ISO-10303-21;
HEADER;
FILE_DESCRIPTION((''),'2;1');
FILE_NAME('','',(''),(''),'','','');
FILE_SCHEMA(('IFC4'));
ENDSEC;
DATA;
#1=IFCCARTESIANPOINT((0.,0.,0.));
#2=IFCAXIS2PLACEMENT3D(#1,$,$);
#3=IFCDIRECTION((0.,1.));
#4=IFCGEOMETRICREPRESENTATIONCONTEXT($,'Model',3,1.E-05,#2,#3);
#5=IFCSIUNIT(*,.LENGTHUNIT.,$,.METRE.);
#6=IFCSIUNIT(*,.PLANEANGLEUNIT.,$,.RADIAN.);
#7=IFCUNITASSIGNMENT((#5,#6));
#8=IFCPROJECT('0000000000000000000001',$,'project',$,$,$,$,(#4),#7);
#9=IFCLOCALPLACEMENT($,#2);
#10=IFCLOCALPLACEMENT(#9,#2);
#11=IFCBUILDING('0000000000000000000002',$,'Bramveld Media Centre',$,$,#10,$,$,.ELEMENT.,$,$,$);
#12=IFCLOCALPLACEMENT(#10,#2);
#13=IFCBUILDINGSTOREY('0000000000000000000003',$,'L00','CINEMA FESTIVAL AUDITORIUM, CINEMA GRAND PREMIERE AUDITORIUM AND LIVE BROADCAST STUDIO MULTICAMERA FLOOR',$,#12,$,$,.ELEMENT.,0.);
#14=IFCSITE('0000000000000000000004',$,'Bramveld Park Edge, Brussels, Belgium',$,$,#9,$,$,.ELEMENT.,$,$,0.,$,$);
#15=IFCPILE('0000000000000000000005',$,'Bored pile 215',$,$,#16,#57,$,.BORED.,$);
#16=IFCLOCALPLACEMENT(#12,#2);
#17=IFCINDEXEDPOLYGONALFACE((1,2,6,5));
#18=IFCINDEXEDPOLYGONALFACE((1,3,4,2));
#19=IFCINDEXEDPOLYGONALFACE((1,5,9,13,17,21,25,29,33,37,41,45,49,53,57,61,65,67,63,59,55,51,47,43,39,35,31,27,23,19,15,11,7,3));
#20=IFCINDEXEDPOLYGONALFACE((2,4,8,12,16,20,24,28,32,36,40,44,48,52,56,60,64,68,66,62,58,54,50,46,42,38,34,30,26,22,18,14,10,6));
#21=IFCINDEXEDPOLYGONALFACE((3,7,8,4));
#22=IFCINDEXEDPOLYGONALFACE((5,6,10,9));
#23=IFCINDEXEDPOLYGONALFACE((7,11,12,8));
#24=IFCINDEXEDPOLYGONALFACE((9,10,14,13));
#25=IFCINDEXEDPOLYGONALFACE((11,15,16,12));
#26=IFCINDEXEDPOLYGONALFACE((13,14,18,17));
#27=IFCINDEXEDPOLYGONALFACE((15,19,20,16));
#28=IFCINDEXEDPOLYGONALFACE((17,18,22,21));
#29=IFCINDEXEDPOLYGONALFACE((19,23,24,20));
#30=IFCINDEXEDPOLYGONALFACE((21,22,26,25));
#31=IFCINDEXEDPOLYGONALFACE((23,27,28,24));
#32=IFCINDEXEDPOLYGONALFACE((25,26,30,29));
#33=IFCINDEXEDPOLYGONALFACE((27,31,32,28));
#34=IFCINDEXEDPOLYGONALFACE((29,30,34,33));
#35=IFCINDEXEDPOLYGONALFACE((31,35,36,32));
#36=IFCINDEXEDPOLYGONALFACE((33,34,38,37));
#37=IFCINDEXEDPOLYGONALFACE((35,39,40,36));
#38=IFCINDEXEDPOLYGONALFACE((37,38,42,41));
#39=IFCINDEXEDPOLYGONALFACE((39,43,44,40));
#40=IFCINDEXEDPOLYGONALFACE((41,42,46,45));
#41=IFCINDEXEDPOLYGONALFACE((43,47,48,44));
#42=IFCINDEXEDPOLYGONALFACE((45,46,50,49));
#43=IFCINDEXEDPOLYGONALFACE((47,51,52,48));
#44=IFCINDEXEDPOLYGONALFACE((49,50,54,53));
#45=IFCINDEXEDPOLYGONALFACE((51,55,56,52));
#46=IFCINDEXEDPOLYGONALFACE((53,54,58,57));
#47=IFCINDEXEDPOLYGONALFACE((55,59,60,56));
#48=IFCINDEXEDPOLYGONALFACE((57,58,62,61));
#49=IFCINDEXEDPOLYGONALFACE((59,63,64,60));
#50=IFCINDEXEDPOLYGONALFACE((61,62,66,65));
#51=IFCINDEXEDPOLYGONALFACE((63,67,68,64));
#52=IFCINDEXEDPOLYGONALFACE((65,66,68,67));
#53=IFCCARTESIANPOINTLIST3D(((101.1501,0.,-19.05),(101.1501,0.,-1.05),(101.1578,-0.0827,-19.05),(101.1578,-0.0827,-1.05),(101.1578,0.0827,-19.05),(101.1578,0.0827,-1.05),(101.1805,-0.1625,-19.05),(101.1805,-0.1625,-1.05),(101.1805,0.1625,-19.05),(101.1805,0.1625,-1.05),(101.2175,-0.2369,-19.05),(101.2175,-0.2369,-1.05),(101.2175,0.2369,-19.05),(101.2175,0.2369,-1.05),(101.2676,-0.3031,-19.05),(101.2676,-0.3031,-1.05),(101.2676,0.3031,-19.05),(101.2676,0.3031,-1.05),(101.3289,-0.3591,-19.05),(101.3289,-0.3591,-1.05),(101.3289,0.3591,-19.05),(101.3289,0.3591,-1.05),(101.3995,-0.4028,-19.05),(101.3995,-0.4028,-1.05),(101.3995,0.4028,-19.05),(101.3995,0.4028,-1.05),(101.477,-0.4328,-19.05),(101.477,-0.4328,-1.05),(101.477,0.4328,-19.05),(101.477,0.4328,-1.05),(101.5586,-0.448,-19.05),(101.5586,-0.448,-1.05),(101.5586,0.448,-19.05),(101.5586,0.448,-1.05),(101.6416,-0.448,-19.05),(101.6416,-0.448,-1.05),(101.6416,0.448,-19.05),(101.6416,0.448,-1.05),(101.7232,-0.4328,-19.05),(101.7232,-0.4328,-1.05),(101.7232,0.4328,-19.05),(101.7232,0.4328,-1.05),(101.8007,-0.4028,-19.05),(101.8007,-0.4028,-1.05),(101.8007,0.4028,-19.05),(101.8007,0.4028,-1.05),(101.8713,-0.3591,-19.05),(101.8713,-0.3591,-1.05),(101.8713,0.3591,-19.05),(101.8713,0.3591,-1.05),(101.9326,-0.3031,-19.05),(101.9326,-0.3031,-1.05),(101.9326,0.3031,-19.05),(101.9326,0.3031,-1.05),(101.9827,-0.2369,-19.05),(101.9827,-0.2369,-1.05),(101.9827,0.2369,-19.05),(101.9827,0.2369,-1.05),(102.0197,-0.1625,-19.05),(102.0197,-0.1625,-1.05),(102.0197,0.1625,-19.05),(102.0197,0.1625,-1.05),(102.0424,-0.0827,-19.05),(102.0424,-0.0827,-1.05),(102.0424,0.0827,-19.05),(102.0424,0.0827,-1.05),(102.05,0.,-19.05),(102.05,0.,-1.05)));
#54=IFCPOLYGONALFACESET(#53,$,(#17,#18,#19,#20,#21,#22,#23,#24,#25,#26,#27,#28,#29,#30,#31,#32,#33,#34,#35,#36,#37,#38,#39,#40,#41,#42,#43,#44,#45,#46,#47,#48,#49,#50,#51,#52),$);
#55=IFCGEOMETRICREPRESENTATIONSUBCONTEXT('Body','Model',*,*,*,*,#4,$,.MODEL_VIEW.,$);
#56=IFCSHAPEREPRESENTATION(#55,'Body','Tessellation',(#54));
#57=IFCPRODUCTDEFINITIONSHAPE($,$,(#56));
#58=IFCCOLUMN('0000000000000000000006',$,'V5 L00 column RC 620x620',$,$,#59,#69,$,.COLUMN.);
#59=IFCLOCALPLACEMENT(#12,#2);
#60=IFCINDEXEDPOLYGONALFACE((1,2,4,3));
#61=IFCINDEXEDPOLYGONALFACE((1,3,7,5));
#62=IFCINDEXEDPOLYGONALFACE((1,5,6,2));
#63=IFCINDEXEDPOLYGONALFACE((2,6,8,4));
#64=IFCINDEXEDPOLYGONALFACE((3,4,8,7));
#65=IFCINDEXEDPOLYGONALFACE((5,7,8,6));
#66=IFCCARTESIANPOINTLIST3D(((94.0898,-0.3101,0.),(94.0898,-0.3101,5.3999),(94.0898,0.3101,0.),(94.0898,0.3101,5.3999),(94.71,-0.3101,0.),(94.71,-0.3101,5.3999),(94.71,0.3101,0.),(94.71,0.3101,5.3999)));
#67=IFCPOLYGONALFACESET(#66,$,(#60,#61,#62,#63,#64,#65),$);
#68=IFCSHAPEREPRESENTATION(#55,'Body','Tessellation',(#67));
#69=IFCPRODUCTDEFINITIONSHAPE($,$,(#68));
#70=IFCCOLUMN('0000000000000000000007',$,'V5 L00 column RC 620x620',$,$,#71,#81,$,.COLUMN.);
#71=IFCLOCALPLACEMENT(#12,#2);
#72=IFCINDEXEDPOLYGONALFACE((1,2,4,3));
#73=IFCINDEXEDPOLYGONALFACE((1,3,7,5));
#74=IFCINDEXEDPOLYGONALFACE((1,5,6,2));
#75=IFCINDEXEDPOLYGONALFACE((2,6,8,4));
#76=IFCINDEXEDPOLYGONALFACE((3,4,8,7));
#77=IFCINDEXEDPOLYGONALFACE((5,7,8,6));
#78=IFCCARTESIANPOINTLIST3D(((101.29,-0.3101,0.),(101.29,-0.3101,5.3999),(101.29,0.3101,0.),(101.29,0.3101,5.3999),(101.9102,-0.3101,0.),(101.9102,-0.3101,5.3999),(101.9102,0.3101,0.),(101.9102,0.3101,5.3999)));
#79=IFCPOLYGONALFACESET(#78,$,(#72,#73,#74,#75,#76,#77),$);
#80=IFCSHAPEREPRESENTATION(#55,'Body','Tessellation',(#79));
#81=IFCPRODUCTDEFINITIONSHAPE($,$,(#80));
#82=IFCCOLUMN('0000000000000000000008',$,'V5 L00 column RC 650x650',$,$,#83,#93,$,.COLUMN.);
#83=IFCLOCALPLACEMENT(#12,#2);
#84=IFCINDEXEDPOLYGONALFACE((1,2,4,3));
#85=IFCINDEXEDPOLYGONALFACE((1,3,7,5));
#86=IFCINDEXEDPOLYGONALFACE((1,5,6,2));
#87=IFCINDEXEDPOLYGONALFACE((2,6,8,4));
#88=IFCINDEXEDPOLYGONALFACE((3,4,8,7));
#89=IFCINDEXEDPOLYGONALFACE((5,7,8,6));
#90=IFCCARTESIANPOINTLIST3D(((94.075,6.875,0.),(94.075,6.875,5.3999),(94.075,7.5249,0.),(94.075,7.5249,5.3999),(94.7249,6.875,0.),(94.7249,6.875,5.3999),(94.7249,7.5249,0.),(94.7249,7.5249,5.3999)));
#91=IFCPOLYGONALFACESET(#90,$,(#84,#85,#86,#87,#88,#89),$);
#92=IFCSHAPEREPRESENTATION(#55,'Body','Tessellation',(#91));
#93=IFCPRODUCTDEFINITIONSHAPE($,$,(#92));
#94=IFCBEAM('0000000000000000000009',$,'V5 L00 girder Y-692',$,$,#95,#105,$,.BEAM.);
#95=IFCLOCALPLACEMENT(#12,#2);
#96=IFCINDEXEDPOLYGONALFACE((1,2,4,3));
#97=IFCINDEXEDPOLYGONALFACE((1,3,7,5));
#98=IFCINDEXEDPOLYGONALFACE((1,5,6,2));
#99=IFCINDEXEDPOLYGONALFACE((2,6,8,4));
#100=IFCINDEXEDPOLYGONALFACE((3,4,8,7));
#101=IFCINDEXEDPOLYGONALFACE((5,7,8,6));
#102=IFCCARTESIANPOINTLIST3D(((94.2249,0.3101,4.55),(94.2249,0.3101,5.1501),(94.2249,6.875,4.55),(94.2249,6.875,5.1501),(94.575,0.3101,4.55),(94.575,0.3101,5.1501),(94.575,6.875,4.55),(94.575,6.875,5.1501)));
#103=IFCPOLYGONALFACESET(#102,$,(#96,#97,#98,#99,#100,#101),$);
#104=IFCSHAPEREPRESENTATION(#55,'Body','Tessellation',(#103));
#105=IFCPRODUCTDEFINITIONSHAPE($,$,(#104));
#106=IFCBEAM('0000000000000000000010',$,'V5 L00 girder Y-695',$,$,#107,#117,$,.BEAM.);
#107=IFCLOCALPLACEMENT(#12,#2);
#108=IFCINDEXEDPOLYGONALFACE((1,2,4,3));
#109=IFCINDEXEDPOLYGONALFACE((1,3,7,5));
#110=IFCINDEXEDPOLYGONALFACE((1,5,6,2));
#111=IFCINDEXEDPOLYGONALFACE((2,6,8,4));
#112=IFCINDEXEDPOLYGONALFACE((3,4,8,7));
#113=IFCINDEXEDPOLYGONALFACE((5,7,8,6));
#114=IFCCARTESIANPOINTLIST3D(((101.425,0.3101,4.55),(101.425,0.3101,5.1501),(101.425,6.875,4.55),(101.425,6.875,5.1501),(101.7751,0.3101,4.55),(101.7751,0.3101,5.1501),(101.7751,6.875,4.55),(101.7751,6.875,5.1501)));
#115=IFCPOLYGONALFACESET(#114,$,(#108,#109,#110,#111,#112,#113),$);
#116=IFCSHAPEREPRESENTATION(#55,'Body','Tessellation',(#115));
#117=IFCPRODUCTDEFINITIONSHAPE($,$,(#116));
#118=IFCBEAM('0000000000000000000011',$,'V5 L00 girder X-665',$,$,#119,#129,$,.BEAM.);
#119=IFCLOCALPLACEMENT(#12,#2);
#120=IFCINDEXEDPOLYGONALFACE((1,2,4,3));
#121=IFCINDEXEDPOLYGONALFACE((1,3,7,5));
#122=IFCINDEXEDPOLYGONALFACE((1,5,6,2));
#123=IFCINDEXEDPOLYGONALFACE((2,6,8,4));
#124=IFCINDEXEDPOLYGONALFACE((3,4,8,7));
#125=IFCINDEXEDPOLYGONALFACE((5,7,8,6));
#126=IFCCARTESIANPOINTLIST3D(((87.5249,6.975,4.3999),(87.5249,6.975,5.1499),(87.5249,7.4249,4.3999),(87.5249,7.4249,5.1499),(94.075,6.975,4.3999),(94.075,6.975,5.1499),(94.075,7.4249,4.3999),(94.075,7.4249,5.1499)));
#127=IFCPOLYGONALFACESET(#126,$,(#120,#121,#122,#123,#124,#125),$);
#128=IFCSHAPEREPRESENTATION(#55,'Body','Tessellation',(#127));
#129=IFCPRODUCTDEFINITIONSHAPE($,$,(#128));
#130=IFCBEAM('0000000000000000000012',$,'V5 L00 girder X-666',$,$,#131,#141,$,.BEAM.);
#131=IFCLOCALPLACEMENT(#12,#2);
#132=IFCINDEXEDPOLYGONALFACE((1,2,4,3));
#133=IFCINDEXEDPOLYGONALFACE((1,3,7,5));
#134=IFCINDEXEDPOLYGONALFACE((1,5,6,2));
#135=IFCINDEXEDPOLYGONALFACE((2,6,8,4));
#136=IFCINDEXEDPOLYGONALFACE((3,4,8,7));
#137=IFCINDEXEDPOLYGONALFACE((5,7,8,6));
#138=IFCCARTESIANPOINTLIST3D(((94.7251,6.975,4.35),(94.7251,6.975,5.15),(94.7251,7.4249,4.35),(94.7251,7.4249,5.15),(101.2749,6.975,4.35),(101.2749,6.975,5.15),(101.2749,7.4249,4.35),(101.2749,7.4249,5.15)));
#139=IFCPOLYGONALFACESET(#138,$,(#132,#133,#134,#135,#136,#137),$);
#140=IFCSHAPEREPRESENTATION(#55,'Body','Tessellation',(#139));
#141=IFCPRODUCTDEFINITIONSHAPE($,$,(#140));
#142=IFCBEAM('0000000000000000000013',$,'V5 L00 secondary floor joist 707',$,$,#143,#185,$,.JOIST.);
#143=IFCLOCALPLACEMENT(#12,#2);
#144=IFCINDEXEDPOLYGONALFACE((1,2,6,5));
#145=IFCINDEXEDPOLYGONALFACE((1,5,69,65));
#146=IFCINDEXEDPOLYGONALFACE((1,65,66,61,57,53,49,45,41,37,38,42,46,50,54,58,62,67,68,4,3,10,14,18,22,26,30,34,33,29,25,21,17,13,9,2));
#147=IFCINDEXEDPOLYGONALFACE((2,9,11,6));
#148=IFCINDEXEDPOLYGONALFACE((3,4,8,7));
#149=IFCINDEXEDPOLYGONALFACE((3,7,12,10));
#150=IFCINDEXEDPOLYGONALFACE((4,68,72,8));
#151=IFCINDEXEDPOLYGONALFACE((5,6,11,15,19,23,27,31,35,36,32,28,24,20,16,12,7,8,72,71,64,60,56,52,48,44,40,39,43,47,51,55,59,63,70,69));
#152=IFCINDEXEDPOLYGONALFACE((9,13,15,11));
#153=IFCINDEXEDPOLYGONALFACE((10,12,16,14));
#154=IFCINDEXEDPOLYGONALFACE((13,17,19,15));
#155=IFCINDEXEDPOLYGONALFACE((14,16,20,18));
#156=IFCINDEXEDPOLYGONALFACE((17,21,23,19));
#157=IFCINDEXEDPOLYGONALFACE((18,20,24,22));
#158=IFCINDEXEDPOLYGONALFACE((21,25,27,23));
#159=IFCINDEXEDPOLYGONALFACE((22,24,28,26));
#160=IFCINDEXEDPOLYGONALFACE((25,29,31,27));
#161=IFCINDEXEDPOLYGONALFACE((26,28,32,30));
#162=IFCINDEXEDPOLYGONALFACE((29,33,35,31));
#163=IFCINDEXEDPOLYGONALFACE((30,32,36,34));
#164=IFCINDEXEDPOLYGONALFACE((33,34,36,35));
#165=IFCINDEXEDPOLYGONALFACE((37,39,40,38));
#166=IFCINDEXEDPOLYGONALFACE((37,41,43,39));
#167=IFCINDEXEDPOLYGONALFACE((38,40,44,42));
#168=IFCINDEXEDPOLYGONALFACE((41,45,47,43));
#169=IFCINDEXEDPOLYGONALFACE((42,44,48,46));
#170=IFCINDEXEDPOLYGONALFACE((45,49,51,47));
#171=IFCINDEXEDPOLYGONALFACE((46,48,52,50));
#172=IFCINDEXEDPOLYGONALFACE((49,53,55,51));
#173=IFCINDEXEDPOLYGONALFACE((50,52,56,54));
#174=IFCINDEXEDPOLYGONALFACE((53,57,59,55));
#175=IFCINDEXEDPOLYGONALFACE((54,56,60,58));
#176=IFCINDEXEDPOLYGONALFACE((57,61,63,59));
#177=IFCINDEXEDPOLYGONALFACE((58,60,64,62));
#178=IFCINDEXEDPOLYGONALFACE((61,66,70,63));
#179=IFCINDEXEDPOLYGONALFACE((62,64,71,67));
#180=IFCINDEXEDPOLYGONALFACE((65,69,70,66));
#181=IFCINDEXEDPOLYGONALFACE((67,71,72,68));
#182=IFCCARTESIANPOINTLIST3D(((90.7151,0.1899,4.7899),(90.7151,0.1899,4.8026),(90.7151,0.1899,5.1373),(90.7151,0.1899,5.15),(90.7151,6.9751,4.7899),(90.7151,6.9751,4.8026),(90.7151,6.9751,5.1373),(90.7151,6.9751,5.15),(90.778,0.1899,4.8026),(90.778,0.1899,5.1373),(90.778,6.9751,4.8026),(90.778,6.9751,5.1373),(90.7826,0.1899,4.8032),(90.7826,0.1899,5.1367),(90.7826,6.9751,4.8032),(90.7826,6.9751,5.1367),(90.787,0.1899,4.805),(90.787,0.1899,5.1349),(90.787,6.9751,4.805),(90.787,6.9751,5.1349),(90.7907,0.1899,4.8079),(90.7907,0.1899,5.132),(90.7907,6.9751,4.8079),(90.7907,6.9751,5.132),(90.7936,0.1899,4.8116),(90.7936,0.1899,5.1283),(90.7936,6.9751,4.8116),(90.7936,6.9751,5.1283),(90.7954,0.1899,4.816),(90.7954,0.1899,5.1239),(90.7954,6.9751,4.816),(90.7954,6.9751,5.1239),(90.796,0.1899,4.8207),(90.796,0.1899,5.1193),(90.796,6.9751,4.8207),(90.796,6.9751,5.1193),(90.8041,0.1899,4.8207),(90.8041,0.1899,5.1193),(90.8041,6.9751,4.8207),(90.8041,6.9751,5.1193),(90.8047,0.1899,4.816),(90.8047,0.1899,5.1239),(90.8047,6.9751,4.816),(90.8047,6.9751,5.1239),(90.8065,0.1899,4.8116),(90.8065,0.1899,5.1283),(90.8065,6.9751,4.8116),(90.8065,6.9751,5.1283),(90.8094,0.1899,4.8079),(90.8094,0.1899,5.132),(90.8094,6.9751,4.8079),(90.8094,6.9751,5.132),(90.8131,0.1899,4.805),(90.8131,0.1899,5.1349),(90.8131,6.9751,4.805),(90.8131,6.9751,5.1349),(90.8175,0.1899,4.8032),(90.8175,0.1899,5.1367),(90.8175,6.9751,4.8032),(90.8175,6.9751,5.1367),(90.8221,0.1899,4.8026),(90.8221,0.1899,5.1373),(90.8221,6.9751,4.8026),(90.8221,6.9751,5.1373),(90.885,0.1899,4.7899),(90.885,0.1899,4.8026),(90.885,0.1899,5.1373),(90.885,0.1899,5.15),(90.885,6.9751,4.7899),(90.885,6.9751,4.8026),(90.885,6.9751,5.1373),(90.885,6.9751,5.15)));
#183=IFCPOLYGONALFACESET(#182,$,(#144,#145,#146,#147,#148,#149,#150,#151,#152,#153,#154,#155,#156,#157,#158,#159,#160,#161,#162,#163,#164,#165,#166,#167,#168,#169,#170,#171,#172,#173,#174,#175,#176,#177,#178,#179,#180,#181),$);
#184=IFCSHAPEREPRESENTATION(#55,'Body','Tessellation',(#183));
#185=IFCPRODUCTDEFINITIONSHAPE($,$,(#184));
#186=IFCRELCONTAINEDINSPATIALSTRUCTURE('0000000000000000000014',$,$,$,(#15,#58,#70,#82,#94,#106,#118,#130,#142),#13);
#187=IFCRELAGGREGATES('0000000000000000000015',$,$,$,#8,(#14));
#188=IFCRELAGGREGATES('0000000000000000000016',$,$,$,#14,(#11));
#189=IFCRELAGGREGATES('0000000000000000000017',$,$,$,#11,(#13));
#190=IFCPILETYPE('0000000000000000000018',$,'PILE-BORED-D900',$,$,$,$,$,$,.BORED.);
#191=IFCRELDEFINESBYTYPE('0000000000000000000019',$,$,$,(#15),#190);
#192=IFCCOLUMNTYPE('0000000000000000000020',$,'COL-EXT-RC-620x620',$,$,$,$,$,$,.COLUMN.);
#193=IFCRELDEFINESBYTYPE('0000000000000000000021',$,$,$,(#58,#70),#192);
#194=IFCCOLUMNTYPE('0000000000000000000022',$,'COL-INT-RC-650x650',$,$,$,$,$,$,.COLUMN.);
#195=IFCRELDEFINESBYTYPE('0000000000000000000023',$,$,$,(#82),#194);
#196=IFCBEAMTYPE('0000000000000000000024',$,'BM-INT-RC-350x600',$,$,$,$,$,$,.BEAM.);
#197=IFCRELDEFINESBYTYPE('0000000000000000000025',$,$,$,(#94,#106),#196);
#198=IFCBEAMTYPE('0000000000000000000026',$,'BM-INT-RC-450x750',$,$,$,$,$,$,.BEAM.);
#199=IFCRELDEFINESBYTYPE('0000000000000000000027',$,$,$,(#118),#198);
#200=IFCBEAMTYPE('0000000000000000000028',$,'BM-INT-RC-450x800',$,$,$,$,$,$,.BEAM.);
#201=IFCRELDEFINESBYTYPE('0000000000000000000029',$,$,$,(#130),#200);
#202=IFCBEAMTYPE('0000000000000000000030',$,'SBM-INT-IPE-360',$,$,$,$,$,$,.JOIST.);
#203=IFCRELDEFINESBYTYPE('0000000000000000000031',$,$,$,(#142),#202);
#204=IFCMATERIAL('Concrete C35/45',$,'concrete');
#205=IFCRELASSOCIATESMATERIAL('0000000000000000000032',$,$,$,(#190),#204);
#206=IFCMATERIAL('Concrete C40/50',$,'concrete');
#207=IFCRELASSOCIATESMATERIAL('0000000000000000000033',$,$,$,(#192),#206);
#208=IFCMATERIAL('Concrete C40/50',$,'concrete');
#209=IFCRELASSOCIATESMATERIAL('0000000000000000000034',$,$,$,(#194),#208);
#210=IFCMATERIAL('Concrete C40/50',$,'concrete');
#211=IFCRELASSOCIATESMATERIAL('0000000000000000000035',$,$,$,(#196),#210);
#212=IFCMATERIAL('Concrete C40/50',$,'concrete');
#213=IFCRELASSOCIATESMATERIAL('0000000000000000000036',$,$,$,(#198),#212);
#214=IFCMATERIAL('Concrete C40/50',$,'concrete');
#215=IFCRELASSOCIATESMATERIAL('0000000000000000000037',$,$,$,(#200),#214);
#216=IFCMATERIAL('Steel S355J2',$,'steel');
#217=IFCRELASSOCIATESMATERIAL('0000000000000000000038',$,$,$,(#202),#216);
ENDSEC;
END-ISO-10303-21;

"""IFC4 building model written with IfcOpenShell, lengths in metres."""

from ifc_helpers import new_model, si_unit, direction, frame, origin, origin_2d, place, context, subcontext, project, spatial, rectangle, circle, i_section, extrude, material, material_profile, profile_set, type_object, element, save


model = new_model("IFC4")

# Units and contexts
model_context = context("Model", 3, precision=1e-05, world=origin(), true_north=direction((0.0, 1.0)))
body_context = subcontext(model_context, "Body", "Model", "MODEL_VIEW")
ifc_project = project(units=[si_unit("LENGTHUNIT", "METRE"), si_unit("PLANEANGLEUNIT", "RADIAN")], contexts=[model_context])

# Site, building, storey
site_placement = place(None, origin())
site = spatial("IfcSite", under=ifc_project, at=site_placement, Name="Bramveld Park Edge, Brussels, Belgium", CompositionType="ELEMENT", RefElevation=0.0)
building_placement = place(site_placement, origin())
building = spatial("IfcBuilding", under=site, at=building_placement, Name="Bramveld Media Centre", CompositionType="ELEMENT")
storey_placement = place(building_placement, origin())
storey = spatial("IfcBuildingStorey", under=building, at=storey_placement, Name="L00", Description="CINEMA FESTIVAL AUDITORIUM, CINEMA GRAND PREMIERE AUDITORIUM AND LIVE BROADCAST STUDIO MULTICAMERA FLOOR", CompositionType="ELEMENT", Elevation=0.0)

# Pile
ifc_material_1 = material(Name="Concrete C35/45", Category="concrete")
ifc_material_profile_1 = material_profile(ifc_material_1, circle(Radius=0.45, at=origin_2d()), Name="BORED D900")
ifc_profile_set_1 = profile_set([ifc_material_profile_1], Name="Concrete C35/45")
pile_type = type_object("IfcPileType", Name="PILE-BORED-D900", PredefinedType="BORED", material=ifc_profile_set_1)
for number, where, z_axis, x_axis, name in (
    (1, (101.6001, 0.0, -1.05), (0.0, 0.0, -1.0), (1.0, 0.0, 0.0), "Bored pile 215"),
):
    element("IfcPile", number, at=place(storey_placement, frame(where, z_axis=z_axis, x_axis=x_axis)), inside=storey, type_object=pile_type, Name=name, PredefinedType="BORED", context=body_context, shape_type="SweptSolid", body=[
        extrude(circle(Radius=0.45, at=origin_2d()), origin(), (0.0, 0.0, 1.0), 18.0),
    ])

# Columns
ifc_material_2 = material(Name="Concrete C40/50", Category="concrete")
ifc_material_profile_2 = material_profile(ifc_material_2, rectangle(XDim=0.6201, YDim=0.6201, at=origin_2d()), Name="RC 620x620")
ifc_profile_set_2 = profile_set([ifc_material_profile_2], Name="Concrete C40/50")
column_type_1 = type_object("IfcColumnType", Name="COL-EXT-RC-620x620", PredefinedType="COLUMN", material=ifc_profile_set_2)
for number, where, z_axis, x_axis, name in (
    (2, (94.3999, 0.0, 0.0), (0.0, 0.0, 1.0), (1.0, 0.0, 0.0), "V5 L00 column RC 620x620"),
    (3, (101.6001, 0.0, 0.0), (0.0, 0.0, 1.0), (1.0, 0.0, 0.0), "V5 L00 column RC 620x620"),
):
    element("IfcColumn", number, at=place(storey_placement, frame(where, z_axis=z_axis, x_axis=x_axis)), inside=storey, type_object=column_type_1, Name=name, PredefinedType="COLUMN", context=body_context, shape_type="SweptSolid", body=[
        extrude(rectangle(XDim=0.6201, YDim=0.6201, at=origin_2d()), origin(), (0.0, 0.0, 1.0), 5.3999),
    ])
ifc_material_3 = material(Name="Concrete C40/50", Category="concrete")
ifc_material_profile_3 = material_profile(ifc_material_3, rectangle(XDim=0.6499, YDim=0.6499, at=origin_2d()), Name="RC 650x650")
ifc_profile_set_3 = profile_set([ifc_material_profile_3], Name="Concrete C40/50")
column_type_2 = type_object("IfcColumnType", Name="COL-INT-RC-650x650", PredefinedType="COLUMN", material=ifc_profile_set_3)
column_placement = place(storey_placement, frame((94.3999, 7.2, 0.0), z_axis=(0.0, 0.0, 1.0), x_axis=(1.0, 0.0, 0.0)))
element("IfcColumn", 4, at=column_placement, inside=storey, type_object=column_type_2, Name="V5 L00 column RC 650x650", PredefinedType="COLUMN", context=body_context, shape_type="SweptSolid", body=[
    extrude(rectangle(XDim=0.6499, YDim=0.6499, at=origin_2d()), origin(), (0.0, 0.0, 1.0), 5.3999),
])

# Beams
ifc_material_4 = material(Name="Concrete C40/50", Category="concrete")
ifc_material_profile_4 = material_profile(ifc_material_4, rectangle(XDim=0.3501, YDim=0.6001, at=origin_2d()), Name="RC 350x600")
ifc_profile_set_4 = profile_set([ifc_material_profile_4], Name="Concrete C40/50")
beam_type_1 = type_object("IfcBeamType", Name="BM-INT-RC-350x600", PredefinedType="BEAM", material=ifc_profile_set_4)
for number, where, z_axis, x_axis, name in (
    (5, (94.3999, 0.3101, 4.8501), (0.0, 1.0, 0.0), (-1.0, 0.0, 0.0), "V5 L00 girder Y-692"),
    (6, (101.6001, 0.3101, 4.8501), (0.0, 1.0, 0.0), (-1.0, 0.0, 0.0), "V5 L00 girder Y-695"),
):
    element("IfcBeam", number, at=place(storey_placement, frame(where, z_axis=z_axis, x_axis=x_axis)), inside=storey, type_object=beam_type_1, Name=name, PredefinedType="BEAM", context=body_context, shape_type="SweptSolid", body=[
        extrude(rectangle(XDim=0.3501, YDim=0.6001, at=origin_2d()), origin(), (0.0, 0.0, 1.0), 6.5649),
    ])
ifc_material_5 = material(Name="Concrete C40/50", Category="concrete")
ifc_material_profile_5 = material_profile(ifc_material_5, rectangle(XDim=0.45, YDim=0.75, at=origin_2d()), Name="RC 450x750")
ifc_profile_set_5 = profile_set([ifc_material_profile_5], Name="Concrete C40/50")
beam_type_2 = type_object("IfcBeamType", Name="BM-INT-RC-450x750", PredefinedType="BEAM", material=ifc_profile_set_5)
beam_1_placement = place(storey_placement, frame((87.5249, 7.2, 4.7749), z_axis=(1.0, 0.0, 0.0), x_axis=(0.0, 1.0, 0.0)))
element("IfcBeam", 7, at=beam_1_placement, inside=storey, type_object=beam_type_2, Name="V5 L00 girder X-665", PredefinedType="BEAM", context=body_context, shape_type="SweptSolid", body=[
    extrude(rectangle(XDim=0.45, YDim=0.75, at=origin_2d()), origin(), (0.0, 0.0, 1.0), 6.55),
])
ifc_material_6 = material(Name="Concrete C40/50", Category="concrete")
ifc_material_profile_6 = material_profile(ifc_material_6, rectangle(XDim=0.45, YDim=0.8, at=origin_2d()), Name="RC 450x800")
ifc_profile_set_6 = profile_set([ifc_material_profile_6], Name="Concrete C40/50")
beam_type_3 = type_object("IfcBeamType", Name="BM-INT-RC-450x800", PredefinedType="BEAM", material=ifc_profile_set_6)
beam_2_placement = place(storey_placement, frame((94.7251, 7.2, 4.75), z_axis=(1.0, 0.0, 0.0), x_axis=(0.0, 1.0, 0.0)))
element("IfcBeam", 8, at=beam_2_placement, inside=storey, type_object=beam_type_3, Name="V5 L00 girder X-666", PredefinedType="BEAM", context=body_context, shape_type="SweptSolid", body=[
    extrude(rectangle(XDim=0.45, YDim=0.8, at=origin_2d()), origin(), (0.0, 0.0, 1.0), 6.5498),
])
ifc_material_7 = material(Name="Steel S355J2", Category="steel")
ifc_material_profile_7 = material_profile(ifc_material_7, i_section(OverallWidth=0.1699, OverallDepth=0.3601, WebThickness=0.0081, FlangeThickness=0.0127, FilletRadius=0.0181, at=origin_2d()), Name="IPE 360")
ifc_profile_set_7 = profile_set([ifc_material_profile_7], Name="Steel S355J2")
beam_type_4 = type_object("IfcBeamType", Name="SBM-INT-IPE-360", PredefinedType="JOIST", material=ifc_profile_set_7)
beam_3_placement = place(storey_placement, frame((90.8, 0.1899, 4.97), z_axis=(0.0, 1.0, 0.0), x_axis=(-1.0, 0.0, 0.0)))
element("IfcBeam", 9, at=beam_3_placement, inside=storey, type_object=beam_type_4, Name="V5 L00 secondary floor joist 707", PredefinedType="JOIST", context=body_context, shape_type="SweptSolid", body=[
    extrude(i_section(OverallWidth=0.1699, OverallDepth=0.3601, WebThickness=0.0081, FlangeThickness=0.0127, FilletRadius=0.0181, at=origin_2d()), origin(), (0.0, 0.0, 1.0), 6.7852),
])

save(model, "model.ifc")
